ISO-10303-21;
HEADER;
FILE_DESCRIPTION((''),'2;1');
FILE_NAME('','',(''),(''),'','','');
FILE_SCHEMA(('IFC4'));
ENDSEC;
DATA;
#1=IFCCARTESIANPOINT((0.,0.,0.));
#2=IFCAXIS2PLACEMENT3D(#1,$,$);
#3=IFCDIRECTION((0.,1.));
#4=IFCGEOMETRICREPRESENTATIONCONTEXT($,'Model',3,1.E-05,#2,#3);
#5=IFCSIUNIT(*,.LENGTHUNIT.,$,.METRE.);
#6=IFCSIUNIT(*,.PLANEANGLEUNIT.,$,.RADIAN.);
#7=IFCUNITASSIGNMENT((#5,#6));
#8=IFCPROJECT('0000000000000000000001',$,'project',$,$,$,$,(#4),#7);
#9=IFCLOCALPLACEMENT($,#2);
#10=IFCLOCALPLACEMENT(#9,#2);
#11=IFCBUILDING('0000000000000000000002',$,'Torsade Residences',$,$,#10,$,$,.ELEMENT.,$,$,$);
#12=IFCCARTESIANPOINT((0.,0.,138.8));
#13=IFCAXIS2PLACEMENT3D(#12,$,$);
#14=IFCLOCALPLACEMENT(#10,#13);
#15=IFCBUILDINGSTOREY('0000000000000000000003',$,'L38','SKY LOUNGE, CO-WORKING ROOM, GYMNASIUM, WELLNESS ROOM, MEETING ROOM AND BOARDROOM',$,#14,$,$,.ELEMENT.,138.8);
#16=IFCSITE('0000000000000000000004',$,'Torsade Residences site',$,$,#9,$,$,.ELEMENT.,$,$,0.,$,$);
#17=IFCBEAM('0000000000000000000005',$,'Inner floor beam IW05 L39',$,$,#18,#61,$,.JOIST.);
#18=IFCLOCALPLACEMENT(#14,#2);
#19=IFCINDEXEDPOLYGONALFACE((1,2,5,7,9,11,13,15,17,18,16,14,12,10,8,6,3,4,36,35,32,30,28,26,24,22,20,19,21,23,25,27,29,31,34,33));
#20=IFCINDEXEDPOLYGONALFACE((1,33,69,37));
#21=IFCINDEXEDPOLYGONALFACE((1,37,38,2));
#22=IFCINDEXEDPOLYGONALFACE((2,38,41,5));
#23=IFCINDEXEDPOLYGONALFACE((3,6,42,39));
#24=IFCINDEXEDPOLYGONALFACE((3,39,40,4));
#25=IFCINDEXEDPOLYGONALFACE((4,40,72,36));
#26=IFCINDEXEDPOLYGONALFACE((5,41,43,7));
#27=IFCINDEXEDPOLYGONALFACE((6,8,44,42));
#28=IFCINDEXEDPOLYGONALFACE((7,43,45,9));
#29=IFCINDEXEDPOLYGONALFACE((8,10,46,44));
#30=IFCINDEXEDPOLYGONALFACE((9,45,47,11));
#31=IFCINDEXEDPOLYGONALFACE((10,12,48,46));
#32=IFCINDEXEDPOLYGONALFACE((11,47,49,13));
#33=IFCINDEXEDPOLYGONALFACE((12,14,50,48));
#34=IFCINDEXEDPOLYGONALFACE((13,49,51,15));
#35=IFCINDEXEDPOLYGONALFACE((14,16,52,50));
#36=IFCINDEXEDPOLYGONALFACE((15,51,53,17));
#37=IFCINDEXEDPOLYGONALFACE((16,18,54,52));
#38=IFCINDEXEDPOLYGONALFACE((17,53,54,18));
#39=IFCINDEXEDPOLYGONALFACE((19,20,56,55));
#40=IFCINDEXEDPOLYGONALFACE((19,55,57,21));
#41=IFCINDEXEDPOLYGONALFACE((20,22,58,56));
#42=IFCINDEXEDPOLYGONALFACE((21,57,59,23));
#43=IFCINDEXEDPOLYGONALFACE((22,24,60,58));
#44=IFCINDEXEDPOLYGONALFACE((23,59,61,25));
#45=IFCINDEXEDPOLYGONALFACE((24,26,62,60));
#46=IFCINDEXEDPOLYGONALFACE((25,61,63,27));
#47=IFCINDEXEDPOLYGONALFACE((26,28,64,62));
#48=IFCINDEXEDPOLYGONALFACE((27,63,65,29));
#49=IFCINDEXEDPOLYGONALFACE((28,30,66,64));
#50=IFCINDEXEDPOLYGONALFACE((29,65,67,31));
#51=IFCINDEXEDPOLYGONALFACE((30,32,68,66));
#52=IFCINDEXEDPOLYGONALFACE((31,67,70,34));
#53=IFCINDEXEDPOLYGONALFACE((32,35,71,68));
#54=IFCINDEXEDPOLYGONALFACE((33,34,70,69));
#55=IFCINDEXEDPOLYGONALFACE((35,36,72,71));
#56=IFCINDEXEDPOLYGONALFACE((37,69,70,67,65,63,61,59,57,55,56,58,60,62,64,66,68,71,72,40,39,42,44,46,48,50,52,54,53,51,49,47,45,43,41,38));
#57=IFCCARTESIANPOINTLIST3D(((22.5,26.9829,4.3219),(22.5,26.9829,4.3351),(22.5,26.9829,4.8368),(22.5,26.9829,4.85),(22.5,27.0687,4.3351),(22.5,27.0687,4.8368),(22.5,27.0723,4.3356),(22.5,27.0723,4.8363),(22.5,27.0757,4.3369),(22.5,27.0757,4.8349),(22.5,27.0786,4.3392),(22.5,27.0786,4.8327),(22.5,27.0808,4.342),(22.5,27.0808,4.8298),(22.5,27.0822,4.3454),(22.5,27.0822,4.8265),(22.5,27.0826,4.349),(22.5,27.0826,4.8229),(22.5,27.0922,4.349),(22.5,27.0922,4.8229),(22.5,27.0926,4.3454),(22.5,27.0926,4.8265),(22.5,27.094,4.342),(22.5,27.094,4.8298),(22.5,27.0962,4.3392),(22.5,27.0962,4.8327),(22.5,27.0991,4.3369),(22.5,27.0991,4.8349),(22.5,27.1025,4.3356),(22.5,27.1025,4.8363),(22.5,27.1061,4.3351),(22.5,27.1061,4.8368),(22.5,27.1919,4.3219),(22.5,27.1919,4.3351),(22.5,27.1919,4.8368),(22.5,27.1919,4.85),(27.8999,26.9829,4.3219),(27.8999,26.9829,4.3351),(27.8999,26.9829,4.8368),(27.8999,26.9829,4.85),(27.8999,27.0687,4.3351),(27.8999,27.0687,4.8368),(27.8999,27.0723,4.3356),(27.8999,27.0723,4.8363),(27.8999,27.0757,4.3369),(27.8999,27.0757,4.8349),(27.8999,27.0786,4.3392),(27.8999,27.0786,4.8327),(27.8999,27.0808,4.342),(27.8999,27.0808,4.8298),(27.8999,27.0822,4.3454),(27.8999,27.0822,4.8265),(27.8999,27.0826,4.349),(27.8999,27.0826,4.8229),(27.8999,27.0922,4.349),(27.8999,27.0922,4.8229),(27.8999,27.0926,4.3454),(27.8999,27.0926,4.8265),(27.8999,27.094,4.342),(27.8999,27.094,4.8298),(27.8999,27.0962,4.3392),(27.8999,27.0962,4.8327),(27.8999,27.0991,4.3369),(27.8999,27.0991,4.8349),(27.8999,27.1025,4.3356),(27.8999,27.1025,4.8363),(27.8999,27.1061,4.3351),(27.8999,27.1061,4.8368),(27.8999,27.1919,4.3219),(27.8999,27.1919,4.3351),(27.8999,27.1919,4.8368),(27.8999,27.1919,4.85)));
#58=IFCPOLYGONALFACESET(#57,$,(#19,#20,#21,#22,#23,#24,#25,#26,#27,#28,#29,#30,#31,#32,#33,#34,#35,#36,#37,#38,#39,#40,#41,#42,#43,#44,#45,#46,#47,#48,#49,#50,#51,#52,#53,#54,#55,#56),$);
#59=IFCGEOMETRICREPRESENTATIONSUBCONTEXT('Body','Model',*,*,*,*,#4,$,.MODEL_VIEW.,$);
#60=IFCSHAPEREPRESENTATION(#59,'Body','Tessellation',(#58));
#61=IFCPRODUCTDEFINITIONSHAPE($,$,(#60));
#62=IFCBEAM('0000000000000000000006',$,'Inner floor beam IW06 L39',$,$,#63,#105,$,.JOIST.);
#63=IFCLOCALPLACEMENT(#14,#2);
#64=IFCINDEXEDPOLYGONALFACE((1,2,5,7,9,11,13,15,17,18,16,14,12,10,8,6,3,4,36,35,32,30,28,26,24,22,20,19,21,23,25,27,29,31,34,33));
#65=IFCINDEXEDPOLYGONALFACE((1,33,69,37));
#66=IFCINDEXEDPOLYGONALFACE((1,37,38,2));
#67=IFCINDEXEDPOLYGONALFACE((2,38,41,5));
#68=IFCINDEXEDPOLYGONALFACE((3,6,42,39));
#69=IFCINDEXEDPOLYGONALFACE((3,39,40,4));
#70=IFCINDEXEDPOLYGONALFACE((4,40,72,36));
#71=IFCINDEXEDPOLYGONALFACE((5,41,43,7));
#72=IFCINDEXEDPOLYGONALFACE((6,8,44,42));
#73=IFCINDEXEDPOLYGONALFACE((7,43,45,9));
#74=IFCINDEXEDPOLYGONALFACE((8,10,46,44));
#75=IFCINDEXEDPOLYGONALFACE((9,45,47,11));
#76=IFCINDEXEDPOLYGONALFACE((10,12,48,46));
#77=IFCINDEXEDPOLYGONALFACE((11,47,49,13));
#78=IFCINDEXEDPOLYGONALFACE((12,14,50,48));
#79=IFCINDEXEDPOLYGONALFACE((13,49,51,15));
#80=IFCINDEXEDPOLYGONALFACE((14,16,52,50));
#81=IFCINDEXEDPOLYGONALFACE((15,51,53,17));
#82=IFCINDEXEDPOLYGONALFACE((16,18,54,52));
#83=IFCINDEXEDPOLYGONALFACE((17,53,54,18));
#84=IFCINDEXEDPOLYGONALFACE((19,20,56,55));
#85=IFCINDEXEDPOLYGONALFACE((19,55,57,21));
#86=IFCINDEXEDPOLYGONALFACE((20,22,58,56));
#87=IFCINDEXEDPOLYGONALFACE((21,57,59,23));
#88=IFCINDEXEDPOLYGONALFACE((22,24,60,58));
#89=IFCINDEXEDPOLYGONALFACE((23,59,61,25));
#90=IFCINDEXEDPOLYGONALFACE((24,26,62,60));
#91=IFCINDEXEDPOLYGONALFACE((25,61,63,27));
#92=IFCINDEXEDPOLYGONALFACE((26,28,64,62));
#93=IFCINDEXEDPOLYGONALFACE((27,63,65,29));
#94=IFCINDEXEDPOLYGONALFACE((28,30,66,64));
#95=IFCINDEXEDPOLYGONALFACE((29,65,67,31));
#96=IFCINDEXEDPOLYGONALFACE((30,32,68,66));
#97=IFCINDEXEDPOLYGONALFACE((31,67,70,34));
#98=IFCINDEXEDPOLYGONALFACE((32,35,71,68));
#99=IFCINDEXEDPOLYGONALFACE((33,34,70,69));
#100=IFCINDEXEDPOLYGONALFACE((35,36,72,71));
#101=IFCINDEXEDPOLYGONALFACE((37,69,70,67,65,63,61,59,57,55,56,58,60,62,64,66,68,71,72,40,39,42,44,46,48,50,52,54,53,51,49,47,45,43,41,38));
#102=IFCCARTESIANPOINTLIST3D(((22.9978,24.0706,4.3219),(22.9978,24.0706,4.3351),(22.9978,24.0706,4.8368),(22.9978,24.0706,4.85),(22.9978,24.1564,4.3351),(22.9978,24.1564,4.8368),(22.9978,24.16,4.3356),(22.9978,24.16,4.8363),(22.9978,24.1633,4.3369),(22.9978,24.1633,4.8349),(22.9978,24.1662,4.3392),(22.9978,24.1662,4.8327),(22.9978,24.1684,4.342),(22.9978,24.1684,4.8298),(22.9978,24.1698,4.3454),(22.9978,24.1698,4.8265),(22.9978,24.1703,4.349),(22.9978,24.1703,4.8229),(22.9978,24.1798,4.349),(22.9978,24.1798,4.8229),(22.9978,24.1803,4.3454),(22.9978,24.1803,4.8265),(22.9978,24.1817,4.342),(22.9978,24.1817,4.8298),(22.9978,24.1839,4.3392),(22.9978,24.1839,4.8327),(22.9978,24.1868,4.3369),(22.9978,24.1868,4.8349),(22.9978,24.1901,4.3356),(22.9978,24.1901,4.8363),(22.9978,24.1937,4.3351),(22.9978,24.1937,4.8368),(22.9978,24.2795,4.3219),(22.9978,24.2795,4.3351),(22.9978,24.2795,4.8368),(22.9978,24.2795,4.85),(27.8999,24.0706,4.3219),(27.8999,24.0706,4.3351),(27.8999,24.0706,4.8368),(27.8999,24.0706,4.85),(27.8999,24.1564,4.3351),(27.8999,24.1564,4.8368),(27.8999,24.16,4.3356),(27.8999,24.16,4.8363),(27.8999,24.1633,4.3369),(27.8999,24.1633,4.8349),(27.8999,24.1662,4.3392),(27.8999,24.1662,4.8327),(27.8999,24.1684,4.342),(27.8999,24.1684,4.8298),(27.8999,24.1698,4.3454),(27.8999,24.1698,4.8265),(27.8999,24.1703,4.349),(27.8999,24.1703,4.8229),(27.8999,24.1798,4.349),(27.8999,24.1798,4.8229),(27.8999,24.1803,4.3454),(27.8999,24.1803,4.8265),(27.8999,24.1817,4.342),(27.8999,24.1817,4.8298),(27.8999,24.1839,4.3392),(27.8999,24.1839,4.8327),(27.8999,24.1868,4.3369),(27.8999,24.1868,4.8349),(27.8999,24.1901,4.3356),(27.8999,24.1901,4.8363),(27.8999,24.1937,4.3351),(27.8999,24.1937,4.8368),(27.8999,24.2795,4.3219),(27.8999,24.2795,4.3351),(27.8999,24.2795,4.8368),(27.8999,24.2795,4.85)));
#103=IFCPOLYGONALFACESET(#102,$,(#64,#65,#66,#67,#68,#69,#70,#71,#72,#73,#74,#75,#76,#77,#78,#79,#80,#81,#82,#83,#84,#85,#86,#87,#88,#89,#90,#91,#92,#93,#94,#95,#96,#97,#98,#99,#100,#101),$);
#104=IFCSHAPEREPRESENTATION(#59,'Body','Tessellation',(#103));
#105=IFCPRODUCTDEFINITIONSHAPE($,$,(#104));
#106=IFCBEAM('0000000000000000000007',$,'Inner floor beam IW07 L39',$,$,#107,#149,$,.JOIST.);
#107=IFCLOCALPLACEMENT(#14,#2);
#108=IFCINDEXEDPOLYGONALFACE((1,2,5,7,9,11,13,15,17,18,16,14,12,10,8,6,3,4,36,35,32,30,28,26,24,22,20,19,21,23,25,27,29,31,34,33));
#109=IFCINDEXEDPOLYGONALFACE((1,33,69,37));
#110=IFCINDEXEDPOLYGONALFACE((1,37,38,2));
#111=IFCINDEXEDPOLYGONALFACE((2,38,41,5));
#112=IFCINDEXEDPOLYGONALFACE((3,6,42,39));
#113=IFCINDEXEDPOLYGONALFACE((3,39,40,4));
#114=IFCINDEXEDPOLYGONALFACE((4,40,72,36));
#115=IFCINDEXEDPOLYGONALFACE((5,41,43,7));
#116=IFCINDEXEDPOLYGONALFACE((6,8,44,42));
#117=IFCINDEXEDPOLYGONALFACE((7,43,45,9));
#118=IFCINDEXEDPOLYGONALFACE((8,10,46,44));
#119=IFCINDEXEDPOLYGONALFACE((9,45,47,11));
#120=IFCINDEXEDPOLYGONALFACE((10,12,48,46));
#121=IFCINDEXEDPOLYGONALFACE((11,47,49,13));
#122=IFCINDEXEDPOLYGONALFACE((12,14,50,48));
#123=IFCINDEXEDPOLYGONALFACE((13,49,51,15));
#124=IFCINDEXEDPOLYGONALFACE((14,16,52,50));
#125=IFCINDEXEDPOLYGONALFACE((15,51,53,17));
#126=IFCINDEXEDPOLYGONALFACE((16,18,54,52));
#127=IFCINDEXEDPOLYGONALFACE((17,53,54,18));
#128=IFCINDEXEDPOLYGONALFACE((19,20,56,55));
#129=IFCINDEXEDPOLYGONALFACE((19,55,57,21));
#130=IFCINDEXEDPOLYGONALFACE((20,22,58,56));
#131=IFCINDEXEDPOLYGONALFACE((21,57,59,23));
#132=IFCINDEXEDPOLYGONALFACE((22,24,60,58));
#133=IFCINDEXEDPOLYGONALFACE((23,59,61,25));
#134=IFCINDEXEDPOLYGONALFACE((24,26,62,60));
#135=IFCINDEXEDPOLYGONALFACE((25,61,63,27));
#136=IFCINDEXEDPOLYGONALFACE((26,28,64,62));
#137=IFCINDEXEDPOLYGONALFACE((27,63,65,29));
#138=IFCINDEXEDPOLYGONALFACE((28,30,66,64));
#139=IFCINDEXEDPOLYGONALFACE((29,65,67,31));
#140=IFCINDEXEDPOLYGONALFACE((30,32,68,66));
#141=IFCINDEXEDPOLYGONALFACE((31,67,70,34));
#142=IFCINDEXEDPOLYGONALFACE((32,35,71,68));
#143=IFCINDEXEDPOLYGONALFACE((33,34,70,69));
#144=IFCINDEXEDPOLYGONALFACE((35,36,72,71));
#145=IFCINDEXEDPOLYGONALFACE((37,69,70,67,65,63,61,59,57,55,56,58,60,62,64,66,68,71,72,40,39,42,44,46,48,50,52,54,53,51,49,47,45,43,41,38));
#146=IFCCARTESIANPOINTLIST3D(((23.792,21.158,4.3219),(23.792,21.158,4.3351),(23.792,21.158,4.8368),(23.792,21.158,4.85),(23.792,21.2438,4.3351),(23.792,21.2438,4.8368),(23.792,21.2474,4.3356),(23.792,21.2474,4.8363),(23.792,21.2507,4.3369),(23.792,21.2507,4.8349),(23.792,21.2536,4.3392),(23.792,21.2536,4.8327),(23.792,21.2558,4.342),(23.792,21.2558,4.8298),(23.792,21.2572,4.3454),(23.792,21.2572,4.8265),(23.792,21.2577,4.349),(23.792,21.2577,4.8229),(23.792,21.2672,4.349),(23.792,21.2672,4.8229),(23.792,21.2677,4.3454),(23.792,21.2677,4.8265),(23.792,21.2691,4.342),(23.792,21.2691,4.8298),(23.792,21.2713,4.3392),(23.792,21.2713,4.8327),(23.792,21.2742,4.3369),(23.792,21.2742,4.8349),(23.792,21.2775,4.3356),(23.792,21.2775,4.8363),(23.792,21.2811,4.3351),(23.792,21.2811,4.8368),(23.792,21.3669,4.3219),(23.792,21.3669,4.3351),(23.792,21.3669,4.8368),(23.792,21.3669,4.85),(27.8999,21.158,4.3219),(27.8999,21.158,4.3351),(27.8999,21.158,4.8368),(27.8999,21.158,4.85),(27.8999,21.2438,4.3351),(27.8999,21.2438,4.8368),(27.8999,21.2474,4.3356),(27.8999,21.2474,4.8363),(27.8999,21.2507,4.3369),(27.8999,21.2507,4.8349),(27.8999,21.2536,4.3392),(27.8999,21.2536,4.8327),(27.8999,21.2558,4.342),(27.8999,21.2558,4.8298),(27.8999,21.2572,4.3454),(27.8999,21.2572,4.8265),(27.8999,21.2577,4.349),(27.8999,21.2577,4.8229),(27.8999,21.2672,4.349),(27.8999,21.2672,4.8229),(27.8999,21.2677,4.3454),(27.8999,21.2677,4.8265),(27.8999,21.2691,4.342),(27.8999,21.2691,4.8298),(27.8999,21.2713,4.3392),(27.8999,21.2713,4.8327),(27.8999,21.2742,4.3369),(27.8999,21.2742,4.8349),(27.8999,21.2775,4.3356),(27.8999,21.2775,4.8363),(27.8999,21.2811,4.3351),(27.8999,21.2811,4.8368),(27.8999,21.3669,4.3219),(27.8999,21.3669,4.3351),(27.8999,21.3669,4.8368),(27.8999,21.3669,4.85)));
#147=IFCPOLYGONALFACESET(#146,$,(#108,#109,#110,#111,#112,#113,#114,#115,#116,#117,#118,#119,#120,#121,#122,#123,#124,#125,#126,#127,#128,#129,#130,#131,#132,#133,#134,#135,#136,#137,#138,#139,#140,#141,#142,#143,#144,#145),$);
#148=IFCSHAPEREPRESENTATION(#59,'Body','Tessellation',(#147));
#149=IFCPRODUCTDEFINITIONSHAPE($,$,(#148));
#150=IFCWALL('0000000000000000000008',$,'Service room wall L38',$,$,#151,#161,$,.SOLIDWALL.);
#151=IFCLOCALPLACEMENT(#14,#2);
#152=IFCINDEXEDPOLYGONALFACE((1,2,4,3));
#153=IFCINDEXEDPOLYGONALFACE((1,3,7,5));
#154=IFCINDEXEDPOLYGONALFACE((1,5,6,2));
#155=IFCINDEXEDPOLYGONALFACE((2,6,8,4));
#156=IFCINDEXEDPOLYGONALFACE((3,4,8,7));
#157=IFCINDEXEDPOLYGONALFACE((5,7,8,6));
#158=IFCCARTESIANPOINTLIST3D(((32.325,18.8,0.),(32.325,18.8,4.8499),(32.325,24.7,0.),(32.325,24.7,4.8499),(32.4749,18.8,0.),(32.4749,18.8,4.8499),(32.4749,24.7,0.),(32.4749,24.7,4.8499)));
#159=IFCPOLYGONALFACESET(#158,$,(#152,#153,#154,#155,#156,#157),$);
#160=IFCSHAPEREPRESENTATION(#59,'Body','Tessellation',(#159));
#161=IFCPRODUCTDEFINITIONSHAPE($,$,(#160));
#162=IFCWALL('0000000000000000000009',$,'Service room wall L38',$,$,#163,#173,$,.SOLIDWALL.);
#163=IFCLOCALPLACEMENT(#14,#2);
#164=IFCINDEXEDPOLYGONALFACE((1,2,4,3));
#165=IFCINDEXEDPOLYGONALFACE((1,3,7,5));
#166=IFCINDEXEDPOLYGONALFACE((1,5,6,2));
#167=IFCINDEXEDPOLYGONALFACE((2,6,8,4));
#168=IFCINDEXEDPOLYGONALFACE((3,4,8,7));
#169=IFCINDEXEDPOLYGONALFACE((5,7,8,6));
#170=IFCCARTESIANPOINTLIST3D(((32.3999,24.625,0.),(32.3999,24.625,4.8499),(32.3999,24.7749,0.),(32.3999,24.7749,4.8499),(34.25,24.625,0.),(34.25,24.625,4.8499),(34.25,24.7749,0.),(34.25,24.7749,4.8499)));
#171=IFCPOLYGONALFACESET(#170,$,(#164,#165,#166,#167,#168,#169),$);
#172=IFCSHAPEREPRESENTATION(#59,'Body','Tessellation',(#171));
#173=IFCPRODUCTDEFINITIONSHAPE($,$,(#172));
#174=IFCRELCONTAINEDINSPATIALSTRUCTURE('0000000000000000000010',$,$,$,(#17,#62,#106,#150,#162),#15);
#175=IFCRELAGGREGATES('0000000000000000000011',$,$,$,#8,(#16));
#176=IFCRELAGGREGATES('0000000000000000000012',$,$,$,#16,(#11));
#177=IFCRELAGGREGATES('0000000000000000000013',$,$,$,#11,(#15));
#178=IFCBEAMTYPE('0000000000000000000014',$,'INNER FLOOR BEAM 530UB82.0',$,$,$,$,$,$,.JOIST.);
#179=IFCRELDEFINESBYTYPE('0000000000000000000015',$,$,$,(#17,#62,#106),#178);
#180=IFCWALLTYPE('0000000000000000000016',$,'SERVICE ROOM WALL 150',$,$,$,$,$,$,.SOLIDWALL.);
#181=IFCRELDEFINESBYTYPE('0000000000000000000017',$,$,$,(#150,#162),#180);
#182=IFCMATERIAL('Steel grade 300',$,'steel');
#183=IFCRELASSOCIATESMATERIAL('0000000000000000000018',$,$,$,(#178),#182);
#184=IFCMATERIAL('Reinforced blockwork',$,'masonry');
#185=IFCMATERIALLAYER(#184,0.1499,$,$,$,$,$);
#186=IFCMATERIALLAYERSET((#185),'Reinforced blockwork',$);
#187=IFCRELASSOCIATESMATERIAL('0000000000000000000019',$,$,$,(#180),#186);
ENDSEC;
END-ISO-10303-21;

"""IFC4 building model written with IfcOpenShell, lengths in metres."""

from ifc_helpers import new_model, si_unit, direction, frame, frame_2d, origin, origin_2d, place, context, subcontext, project, spatial, rectangle, i_section, extrude, material, layer, layer_set, material_profile, profile_set, type_object, element, save


model = new_model("IFC4")

# Units and contexts
model_context = context("Model", 3, precision=1e-05, world=origin(), true_north=direction((0.0, 1.0)))
body_context = subcontext(model_context, "Body", "Model", "MODEL_VIEW")
ifc_project = project(units=[si_unit("LENGTHUNIT", "METRE"), si_unit("PLANEANGLEUNIT", "RADIAN")], contexts=[model_context])

# Site, building, storey
site_placement = place(None, origin())
site = spatial("IfcSite", under=ifc_project, at=site_placement, Name="Torsade Residences site", CompositionType="ELEMENT", RefElevation=0.0)
building_placement = place(site_placement, origin())
building = spatial("IfcBuilding", under=site, at=building_placement, Name="Torsade Residences", CompositionType="ELEMENT")
storey_placement = place(building_placement, frame((0.0, 0.0, 138.8)))
storey = spatial("IfcBuildingStorey", under=building, at=storey_placement, Name="L38", Description="SKY LOUNGE, CO-WORKING ROOM, GYMNASIUM, WELLNESS ROOM, MEETING ROOM AND BOARDROOM", CompositionType="ELEMENT", Elevation=138.8)

# Beams
ifc_material_1 = material(Name="Steel grade 300", Category="steel")
ifc_material_profile_1 = material_profile(ifc_material_1, i_section(OverallWidth=0.209, OverallDepth=0.5281, WebThickness=0.0095, FlangeThickness=0.0132, FilletRadius=0.0139, at=origin_2d()), Name="530UB82.0")
ifc_profile_set_1 = profile_set([ifc_material_profile_1], Name="Steel grade 300")
beam_type = type_object("IfcBeamType", Name="INNER FLOOR BEAM 530UB82.0", PredefinedType="JOIST", material=ifc_profile_set_1)
beam_1_placement = place(storey_placement, frame((27.8999, 27.0874, 4.5859), z_axis=(-1.0, 0.0, 0.0), x_axis=(0.0, -1.0, 0.0)))
element("IfcBeam", 1, at=beam_1_placement, inside=storey, type_object=beam_type, Name="Inner floor beam IW05 L39", PredefinedType="JOIST", context=body_context, shape_type="SweptSolid", body=[
    extrude(i_section(OverallWidth=0.209, OverallDepth=0.5281, WebThickness=0.0095, FlangeThickness=0.0132, FilletRadius=0.0139, at=origin_2d()), origin(), (0.0, 0.0, 1.0), 5.3999),
])
beam_2_placement = place(storey_placement, frame((27.8999, 24.175, 4.5859), z_axis=(-1.0, 0.0, 0.0), x_axis=(0.0, -1.0, 0.0)))
element("IfcBeam", 2, at=beam_2_placement, inside=storey, type_object=beam_type, Name="Inner floor beam IW06 L39", PredefinedType="JOIST", context=body_context, shape_type="SweptSolid", body=[
    extrude(i_section(OverallWidth=0.209, OverallDepth=0.5281, WebThickness=0.0095, FlangeThickness=0.0132, FilletRadius=0.0139, at=origin_2d()), origin(), (0.0, 0.0, 1.0), 4.9021),
])
beam_3_placement = place(storey_placement, frame((27.8999, 21.2625, 4.5859), z_axis=(-1.0, 0.0, 0.0), x_axis=(0.0, -1.0, 0.0)))
element("IfcBeam", 3, at=beam_3_placement, inside=storey, type_object=beam_type, Name="Inner floor beam IW07 L39", PredefinedType="JOIST", context=body_context, shape_type="SweptSolid", body=[
    extrude(i_section(OverallWidth=0.209, OverallDepth=0.5281, WebThickness=0.0095, FlangeThickness=0.0132, FilletRadius=0.0139, at=origin_2d()), origin(), (0.0, 0.0, 1.0), 4.1079),
])

# Walls
ifc_material_2 = material(Name="Reinforced blockwork", Category="masonry")
ifc_layer_1 = layer(ifc_material_2, 0.1499)
ifc_layer_set_1 = layer_set([ifc_layer_1], Name="Reinforced blockwork")
wall_type = type_object("IfcWallType", Name="SERVICE ROOM WALL 150", PredefinedType="SOLIDWALL", material=ifc_layer_set_1)
wall_1_placement = place(storey_placement, frame((32.3999, 18.8, 0.0), z_axis=(0.0, 0.0, 1.0), x_axis=(0.0, 1.0, 0.0)))
element("IfcWall", 4, at=wall_1_placement, inside=storey, type_object=wall_type, Name="Service room wall L38", PredefinedType="SOLIDWALL", context=body_context, shape_type="SweptSolid", body=[
    extrude(rectangle(XDim=5.8999, YDim=0.1499, at=frame_2d((2.95, 0.0))), origin(), (0.0, 0.0, 1.0), 4.8499),
])
wall_2_placement = place(storey_placement, frame((32.3999, 24.7, 0.0), z_axis=(0.0, 0.0, 1.0), x_axis=(1.0, 0.0, 0.0)))
element("IfcWall", 5, at=wall_2_placement, inside=storey, type_object=wall_type, Name="Service room wall L38", PredefinedType="SOLIDWALL", context=body_context, shape_type="SweptSolid", body=[
    extrude(rectangle(XDim=1.8501, YDim=0.1499, at=frame_2d((0.925, 0.0))), origin(), (0.0, 0.0, 1.0), 4.8499),
])

save(model, "model.ifc")
